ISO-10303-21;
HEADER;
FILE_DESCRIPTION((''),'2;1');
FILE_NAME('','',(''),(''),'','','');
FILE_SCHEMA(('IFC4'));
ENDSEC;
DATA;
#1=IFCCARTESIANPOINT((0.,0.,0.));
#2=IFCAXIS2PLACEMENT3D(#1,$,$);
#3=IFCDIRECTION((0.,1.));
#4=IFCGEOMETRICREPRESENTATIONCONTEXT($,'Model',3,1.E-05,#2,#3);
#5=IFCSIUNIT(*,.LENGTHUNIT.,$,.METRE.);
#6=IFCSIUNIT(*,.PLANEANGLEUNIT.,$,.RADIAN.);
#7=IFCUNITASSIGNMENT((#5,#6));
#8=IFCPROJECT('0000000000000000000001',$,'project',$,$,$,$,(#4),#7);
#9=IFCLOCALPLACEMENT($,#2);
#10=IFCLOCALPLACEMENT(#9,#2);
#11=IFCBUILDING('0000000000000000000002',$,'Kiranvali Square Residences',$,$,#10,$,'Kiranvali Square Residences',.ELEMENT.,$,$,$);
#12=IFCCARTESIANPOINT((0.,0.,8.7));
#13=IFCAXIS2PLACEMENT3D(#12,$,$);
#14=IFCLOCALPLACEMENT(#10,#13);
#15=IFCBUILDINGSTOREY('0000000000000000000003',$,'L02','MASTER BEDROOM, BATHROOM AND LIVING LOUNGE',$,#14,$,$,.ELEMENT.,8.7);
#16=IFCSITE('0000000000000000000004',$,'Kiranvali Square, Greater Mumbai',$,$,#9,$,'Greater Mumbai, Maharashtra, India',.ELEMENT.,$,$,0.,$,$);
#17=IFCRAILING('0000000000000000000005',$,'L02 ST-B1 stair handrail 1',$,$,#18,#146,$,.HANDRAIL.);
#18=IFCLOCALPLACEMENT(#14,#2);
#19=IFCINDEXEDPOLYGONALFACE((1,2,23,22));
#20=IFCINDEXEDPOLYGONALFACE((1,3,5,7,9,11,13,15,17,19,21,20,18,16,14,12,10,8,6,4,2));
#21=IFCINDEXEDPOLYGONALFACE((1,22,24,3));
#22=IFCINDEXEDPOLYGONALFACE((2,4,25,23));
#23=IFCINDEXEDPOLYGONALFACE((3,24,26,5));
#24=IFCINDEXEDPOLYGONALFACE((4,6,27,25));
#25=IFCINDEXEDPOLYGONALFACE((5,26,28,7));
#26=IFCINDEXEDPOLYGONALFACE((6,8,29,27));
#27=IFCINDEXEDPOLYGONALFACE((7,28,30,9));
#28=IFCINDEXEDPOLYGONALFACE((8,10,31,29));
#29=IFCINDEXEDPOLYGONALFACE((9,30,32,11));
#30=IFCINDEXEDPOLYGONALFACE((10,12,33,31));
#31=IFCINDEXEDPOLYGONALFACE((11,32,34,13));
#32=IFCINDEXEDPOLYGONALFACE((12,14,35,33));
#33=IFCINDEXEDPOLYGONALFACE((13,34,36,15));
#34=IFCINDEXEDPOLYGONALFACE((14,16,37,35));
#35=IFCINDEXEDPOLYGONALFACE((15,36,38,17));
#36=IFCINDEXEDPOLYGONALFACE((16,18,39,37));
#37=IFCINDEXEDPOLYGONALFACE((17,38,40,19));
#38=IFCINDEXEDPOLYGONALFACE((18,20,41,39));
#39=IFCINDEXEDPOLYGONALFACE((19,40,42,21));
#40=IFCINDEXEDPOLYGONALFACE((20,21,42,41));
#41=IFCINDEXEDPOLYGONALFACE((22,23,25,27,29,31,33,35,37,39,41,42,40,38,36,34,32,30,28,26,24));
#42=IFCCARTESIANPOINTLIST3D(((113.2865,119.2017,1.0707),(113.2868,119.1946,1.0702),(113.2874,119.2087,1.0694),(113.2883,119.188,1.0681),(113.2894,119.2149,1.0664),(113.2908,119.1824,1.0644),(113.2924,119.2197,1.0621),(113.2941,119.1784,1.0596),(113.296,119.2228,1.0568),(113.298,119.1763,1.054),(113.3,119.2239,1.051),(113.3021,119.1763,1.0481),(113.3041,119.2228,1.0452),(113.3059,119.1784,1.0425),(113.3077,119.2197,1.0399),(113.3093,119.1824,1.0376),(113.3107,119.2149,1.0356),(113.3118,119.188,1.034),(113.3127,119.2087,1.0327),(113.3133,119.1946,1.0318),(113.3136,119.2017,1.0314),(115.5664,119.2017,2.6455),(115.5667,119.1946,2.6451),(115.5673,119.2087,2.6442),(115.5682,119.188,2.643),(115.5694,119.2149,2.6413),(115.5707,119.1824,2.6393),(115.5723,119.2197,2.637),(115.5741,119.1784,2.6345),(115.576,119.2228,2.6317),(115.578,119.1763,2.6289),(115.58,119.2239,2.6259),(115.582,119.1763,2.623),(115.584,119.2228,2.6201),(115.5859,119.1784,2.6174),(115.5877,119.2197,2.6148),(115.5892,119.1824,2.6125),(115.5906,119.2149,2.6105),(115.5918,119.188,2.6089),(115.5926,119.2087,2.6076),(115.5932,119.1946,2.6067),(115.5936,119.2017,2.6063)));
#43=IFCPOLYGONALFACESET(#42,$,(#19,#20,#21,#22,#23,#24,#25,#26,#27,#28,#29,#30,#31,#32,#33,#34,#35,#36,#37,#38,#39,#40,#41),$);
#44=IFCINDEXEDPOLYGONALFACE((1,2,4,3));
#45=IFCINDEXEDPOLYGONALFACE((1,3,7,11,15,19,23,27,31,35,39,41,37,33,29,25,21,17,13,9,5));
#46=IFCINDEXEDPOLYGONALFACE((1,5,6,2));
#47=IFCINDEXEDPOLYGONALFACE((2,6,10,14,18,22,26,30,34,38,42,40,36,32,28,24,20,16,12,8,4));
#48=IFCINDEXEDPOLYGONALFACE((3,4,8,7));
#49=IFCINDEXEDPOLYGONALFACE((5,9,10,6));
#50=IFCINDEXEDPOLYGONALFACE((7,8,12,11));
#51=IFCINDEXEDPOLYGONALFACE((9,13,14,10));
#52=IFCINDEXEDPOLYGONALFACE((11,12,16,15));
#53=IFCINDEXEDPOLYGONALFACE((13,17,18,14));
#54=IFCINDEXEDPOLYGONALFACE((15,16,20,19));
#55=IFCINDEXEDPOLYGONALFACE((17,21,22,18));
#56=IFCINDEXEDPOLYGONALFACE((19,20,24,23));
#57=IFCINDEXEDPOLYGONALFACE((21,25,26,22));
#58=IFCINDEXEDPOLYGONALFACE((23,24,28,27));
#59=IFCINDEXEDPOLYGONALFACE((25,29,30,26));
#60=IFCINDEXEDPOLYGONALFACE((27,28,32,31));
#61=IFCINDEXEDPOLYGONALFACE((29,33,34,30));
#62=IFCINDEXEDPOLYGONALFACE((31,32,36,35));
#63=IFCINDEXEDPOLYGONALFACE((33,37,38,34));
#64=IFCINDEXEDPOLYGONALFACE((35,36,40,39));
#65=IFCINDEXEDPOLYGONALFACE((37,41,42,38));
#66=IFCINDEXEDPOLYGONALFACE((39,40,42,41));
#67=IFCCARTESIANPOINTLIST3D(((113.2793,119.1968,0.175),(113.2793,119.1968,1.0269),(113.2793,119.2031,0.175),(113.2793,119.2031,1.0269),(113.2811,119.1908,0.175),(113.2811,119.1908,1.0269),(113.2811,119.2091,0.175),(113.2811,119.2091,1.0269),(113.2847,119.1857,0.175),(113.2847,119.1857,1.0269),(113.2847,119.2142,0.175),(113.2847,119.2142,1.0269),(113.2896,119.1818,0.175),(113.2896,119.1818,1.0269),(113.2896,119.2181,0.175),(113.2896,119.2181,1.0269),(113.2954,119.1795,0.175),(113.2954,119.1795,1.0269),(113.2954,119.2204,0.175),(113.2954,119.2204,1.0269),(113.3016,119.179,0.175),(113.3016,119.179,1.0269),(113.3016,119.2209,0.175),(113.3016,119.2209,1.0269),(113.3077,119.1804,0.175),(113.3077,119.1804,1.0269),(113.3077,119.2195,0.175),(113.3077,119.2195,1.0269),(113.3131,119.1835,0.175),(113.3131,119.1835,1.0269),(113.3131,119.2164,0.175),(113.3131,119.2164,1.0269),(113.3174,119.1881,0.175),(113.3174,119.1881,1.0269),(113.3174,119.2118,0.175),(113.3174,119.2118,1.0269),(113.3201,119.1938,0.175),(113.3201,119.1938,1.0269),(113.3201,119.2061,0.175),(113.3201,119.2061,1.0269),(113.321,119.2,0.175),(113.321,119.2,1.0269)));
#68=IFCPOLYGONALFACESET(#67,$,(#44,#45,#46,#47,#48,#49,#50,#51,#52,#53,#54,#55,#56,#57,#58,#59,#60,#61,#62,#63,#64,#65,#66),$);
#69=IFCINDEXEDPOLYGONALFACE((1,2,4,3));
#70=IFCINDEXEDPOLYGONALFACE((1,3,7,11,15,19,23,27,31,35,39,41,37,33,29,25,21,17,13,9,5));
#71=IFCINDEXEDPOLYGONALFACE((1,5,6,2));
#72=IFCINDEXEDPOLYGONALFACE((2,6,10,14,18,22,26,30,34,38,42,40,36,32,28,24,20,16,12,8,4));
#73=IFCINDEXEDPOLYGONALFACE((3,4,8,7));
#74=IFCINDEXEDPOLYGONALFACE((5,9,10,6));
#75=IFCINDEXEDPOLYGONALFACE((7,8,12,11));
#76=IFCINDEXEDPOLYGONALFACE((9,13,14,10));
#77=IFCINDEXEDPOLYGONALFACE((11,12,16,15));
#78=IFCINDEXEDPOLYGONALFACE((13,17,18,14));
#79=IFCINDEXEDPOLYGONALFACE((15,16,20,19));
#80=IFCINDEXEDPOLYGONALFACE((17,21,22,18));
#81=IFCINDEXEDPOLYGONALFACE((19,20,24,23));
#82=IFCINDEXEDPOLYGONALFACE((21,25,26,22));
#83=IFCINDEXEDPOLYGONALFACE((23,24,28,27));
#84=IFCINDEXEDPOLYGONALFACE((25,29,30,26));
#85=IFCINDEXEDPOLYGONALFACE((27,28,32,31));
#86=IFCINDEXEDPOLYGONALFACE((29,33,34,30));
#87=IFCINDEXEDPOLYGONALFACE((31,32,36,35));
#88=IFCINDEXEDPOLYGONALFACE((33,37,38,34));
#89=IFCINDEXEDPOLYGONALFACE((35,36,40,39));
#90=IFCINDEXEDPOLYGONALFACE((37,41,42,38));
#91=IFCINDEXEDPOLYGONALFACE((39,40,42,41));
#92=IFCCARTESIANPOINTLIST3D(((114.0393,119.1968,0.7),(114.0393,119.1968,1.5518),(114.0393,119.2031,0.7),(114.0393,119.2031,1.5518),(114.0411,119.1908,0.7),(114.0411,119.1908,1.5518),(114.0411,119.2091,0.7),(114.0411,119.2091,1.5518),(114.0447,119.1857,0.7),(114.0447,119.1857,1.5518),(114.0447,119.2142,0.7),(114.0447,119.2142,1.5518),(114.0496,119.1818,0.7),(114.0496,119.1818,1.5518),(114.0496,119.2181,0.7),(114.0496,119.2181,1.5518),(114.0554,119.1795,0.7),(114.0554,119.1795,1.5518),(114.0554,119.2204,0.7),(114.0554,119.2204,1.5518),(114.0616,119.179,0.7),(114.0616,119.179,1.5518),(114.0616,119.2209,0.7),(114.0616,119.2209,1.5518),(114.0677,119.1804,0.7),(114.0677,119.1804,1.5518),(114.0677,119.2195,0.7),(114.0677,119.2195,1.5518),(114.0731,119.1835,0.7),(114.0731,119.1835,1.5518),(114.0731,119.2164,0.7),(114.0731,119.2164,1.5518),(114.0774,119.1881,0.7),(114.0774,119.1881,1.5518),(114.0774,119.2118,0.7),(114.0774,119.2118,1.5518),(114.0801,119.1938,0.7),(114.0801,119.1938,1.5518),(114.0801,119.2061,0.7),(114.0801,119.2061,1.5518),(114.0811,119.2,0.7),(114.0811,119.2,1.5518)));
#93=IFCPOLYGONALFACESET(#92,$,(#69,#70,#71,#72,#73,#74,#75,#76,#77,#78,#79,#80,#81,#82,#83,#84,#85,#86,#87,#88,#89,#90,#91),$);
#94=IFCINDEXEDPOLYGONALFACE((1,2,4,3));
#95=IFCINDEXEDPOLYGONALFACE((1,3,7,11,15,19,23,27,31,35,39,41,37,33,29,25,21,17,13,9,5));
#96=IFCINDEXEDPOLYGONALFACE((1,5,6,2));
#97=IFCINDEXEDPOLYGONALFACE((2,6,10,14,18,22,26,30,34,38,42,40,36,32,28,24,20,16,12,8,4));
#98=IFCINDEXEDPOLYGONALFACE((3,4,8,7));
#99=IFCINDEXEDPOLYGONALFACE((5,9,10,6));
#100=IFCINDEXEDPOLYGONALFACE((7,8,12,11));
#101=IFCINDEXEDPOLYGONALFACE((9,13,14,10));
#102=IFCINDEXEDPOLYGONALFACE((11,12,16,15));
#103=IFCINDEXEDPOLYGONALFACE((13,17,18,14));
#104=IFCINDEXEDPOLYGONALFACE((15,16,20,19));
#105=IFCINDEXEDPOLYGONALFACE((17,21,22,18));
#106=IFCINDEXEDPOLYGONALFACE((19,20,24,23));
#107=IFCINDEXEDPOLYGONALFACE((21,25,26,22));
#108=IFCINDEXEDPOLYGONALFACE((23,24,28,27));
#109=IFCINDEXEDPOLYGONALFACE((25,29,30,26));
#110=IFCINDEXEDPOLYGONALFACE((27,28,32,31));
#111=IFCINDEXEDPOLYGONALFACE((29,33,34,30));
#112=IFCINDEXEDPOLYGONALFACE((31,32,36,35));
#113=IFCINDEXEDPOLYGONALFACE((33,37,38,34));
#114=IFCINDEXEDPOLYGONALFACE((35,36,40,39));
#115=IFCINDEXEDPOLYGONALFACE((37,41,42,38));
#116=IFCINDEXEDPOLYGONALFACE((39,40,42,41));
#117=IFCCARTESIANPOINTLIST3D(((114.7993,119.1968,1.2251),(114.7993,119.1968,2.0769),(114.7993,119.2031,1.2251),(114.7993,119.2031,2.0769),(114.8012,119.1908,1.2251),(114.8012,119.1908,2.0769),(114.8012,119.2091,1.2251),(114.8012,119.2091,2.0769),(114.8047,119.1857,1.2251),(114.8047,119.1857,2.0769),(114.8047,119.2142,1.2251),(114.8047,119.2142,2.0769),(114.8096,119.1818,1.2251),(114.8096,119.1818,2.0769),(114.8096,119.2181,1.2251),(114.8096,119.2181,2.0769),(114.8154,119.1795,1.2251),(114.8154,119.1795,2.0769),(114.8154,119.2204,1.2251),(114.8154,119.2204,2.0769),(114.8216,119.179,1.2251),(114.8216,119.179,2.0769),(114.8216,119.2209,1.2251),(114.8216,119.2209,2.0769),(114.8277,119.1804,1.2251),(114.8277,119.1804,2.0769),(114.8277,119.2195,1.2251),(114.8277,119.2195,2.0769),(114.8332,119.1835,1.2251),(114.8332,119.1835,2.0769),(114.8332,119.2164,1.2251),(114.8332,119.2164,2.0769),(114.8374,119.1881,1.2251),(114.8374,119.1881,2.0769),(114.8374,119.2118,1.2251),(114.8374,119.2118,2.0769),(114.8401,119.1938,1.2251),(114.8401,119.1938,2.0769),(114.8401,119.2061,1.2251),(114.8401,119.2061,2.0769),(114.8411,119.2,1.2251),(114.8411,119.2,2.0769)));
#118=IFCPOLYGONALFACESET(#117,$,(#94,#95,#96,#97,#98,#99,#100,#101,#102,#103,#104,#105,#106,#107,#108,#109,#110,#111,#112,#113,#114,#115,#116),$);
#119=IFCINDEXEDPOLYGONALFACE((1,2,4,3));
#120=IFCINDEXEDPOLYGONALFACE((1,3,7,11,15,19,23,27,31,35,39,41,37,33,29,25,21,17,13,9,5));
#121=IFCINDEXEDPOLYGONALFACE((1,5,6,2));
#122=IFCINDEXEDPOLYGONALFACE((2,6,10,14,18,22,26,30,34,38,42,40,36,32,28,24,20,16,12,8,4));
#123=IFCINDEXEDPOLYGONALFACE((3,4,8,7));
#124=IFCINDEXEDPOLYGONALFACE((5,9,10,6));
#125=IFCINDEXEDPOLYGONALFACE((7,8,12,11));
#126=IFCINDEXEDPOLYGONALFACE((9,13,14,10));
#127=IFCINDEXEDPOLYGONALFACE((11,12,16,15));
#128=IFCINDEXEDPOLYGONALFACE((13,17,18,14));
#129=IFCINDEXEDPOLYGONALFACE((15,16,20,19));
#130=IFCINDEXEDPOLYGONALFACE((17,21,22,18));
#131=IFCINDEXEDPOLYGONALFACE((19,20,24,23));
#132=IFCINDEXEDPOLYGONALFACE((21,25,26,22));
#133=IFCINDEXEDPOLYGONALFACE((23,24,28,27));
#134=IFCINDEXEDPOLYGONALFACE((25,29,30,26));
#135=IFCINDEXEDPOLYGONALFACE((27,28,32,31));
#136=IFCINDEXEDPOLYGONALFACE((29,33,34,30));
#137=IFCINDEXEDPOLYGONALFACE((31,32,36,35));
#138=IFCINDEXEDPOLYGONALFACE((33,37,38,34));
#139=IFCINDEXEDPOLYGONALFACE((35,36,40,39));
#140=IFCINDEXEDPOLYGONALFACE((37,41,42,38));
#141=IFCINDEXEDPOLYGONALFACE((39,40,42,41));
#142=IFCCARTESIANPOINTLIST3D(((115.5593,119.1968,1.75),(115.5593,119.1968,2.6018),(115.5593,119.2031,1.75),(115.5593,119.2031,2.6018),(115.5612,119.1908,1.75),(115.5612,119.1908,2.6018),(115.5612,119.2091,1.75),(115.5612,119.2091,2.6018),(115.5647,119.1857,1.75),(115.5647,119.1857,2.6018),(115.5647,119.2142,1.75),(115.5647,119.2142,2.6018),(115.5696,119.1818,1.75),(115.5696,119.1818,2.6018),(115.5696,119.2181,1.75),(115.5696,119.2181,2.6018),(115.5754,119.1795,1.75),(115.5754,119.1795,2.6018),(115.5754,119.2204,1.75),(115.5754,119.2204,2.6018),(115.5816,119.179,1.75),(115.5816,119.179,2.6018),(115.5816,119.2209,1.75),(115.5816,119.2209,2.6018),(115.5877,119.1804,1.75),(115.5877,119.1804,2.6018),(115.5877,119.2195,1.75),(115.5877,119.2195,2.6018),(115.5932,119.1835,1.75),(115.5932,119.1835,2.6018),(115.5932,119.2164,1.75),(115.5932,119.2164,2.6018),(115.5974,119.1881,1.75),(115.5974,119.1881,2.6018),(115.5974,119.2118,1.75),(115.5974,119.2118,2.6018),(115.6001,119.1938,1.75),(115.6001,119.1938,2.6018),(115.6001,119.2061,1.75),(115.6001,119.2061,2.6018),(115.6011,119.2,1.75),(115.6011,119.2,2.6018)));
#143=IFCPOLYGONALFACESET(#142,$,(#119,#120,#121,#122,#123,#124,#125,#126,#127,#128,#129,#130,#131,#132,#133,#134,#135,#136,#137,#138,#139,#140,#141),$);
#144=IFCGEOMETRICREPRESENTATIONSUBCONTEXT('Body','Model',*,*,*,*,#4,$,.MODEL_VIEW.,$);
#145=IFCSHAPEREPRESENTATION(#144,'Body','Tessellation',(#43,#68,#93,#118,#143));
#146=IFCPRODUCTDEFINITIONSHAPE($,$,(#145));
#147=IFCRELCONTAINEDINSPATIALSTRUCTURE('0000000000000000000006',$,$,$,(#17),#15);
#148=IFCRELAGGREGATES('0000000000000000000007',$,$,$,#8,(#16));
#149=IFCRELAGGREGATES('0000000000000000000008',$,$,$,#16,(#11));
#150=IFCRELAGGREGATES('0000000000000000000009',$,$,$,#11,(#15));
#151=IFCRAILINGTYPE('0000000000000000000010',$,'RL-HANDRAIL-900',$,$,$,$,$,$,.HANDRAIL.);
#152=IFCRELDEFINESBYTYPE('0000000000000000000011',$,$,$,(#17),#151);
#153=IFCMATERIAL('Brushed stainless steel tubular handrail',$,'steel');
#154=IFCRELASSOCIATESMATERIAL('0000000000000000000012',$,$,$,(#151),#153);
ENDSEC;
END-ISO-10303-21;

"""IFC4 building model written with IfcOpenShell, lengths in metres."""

from ifc_helpers import new_model, si_unit, direction, frame, origin, origin_2d, place, context, subcontext, project, spatial, circle, extrude, material, type_object, element, save


model = new_model("IFC4")

# Units and contexts
model_context = context("Model", 3, precision=1e-05, world=origin(), true_north=direction((0.0, 1.0)))
body_context = subcontext(model_context, "Body", "Model", "MODEL_VIEW")
ifc_project = project(units=[si_unit("LENGTHUNIT", "METRE"), si_unit("PLANEANGLEUNIT", "RADIAN")], contexts=[model_context])

# Site, building, storey
site_placement = place(None, origin())
site = spatial("IfcSite", under=ifc_project, at=site_placement, Name="Kiranvali Square, Greater Mumbai", LongName="Greater Mumbai, Maharashtra, India", CompositionType="ELEMENT", RefElevation=0.0)
building_placement = place(site_placement, origin())
building = spatial("IfcBuilding", under=site, at=building_placement, Name="Kiranvali Square Residences", LongName="Kiranvali Square Residences", CompositionType="ELEMENT")
storey_placement = place(building_placement, frame((0.0, 0.0, 8.7)))
storey = spatial("IfcBuildingStorey", under=building, at=storey_placement, Name="L02", Description="MASTER BEDROOM, BATHROOM AND LIVING LOUNGE", CompositionType="ELEMENT", Elevation=8.7)

# Railing
ifc_material_1 = material(Name="Brushed stainless steel tubular handrail", Category="steel")
railing_type_1 = type_object("IfcRailingType", Name="RL-HANDRAIL-900", PredefinedType="HANDRAIL", material=ifc_material_1)
railing_1_placement = place(storey_placement, frame((113.3, 119.2, 0.175)))
element("IfcRailing", 1, at=railing_1_placement, inside=storey, type_object=railing_type_1, Name="L02 ST-B1 stair handrail 1", PredefinedType="HANDRAIL", context=body_context, shape_type="SweptSolid", body=[
    extrude(circle(Radius=0.0239, at=origin_2d()), frame((0.0, 0.0, 0.876), z_axis=(0.822788, 0.0, 0.568348), x_axis=(0.0, 1.0, 0.0)), (0.0, 0.0, 1.0), 2.771),
    extrude(circle(Radius=0.021, at=origin_2d()), origin(), (0.0, 0.0, 1.0), 0.8518),
    extrude(circle(Radius=0.021, at=origin_2d()), frame((0.76, 0.0, 0.5249)), (0.0, 0.0, 1.0), 0.8518),
    extrude(circle(Radius=0.021, at=origin_2d()), frame((1.52, 0.0, 1.05)), (0.0, 0.0, 1.0), 0.8518),
    extrude(circle(Radius=0.021, at=origin_2d()), frame((2.28, 0.0, 1.575)), (0.0, 0.0, 1.0), 0.8518),
])

save(model, "model.ifc")
